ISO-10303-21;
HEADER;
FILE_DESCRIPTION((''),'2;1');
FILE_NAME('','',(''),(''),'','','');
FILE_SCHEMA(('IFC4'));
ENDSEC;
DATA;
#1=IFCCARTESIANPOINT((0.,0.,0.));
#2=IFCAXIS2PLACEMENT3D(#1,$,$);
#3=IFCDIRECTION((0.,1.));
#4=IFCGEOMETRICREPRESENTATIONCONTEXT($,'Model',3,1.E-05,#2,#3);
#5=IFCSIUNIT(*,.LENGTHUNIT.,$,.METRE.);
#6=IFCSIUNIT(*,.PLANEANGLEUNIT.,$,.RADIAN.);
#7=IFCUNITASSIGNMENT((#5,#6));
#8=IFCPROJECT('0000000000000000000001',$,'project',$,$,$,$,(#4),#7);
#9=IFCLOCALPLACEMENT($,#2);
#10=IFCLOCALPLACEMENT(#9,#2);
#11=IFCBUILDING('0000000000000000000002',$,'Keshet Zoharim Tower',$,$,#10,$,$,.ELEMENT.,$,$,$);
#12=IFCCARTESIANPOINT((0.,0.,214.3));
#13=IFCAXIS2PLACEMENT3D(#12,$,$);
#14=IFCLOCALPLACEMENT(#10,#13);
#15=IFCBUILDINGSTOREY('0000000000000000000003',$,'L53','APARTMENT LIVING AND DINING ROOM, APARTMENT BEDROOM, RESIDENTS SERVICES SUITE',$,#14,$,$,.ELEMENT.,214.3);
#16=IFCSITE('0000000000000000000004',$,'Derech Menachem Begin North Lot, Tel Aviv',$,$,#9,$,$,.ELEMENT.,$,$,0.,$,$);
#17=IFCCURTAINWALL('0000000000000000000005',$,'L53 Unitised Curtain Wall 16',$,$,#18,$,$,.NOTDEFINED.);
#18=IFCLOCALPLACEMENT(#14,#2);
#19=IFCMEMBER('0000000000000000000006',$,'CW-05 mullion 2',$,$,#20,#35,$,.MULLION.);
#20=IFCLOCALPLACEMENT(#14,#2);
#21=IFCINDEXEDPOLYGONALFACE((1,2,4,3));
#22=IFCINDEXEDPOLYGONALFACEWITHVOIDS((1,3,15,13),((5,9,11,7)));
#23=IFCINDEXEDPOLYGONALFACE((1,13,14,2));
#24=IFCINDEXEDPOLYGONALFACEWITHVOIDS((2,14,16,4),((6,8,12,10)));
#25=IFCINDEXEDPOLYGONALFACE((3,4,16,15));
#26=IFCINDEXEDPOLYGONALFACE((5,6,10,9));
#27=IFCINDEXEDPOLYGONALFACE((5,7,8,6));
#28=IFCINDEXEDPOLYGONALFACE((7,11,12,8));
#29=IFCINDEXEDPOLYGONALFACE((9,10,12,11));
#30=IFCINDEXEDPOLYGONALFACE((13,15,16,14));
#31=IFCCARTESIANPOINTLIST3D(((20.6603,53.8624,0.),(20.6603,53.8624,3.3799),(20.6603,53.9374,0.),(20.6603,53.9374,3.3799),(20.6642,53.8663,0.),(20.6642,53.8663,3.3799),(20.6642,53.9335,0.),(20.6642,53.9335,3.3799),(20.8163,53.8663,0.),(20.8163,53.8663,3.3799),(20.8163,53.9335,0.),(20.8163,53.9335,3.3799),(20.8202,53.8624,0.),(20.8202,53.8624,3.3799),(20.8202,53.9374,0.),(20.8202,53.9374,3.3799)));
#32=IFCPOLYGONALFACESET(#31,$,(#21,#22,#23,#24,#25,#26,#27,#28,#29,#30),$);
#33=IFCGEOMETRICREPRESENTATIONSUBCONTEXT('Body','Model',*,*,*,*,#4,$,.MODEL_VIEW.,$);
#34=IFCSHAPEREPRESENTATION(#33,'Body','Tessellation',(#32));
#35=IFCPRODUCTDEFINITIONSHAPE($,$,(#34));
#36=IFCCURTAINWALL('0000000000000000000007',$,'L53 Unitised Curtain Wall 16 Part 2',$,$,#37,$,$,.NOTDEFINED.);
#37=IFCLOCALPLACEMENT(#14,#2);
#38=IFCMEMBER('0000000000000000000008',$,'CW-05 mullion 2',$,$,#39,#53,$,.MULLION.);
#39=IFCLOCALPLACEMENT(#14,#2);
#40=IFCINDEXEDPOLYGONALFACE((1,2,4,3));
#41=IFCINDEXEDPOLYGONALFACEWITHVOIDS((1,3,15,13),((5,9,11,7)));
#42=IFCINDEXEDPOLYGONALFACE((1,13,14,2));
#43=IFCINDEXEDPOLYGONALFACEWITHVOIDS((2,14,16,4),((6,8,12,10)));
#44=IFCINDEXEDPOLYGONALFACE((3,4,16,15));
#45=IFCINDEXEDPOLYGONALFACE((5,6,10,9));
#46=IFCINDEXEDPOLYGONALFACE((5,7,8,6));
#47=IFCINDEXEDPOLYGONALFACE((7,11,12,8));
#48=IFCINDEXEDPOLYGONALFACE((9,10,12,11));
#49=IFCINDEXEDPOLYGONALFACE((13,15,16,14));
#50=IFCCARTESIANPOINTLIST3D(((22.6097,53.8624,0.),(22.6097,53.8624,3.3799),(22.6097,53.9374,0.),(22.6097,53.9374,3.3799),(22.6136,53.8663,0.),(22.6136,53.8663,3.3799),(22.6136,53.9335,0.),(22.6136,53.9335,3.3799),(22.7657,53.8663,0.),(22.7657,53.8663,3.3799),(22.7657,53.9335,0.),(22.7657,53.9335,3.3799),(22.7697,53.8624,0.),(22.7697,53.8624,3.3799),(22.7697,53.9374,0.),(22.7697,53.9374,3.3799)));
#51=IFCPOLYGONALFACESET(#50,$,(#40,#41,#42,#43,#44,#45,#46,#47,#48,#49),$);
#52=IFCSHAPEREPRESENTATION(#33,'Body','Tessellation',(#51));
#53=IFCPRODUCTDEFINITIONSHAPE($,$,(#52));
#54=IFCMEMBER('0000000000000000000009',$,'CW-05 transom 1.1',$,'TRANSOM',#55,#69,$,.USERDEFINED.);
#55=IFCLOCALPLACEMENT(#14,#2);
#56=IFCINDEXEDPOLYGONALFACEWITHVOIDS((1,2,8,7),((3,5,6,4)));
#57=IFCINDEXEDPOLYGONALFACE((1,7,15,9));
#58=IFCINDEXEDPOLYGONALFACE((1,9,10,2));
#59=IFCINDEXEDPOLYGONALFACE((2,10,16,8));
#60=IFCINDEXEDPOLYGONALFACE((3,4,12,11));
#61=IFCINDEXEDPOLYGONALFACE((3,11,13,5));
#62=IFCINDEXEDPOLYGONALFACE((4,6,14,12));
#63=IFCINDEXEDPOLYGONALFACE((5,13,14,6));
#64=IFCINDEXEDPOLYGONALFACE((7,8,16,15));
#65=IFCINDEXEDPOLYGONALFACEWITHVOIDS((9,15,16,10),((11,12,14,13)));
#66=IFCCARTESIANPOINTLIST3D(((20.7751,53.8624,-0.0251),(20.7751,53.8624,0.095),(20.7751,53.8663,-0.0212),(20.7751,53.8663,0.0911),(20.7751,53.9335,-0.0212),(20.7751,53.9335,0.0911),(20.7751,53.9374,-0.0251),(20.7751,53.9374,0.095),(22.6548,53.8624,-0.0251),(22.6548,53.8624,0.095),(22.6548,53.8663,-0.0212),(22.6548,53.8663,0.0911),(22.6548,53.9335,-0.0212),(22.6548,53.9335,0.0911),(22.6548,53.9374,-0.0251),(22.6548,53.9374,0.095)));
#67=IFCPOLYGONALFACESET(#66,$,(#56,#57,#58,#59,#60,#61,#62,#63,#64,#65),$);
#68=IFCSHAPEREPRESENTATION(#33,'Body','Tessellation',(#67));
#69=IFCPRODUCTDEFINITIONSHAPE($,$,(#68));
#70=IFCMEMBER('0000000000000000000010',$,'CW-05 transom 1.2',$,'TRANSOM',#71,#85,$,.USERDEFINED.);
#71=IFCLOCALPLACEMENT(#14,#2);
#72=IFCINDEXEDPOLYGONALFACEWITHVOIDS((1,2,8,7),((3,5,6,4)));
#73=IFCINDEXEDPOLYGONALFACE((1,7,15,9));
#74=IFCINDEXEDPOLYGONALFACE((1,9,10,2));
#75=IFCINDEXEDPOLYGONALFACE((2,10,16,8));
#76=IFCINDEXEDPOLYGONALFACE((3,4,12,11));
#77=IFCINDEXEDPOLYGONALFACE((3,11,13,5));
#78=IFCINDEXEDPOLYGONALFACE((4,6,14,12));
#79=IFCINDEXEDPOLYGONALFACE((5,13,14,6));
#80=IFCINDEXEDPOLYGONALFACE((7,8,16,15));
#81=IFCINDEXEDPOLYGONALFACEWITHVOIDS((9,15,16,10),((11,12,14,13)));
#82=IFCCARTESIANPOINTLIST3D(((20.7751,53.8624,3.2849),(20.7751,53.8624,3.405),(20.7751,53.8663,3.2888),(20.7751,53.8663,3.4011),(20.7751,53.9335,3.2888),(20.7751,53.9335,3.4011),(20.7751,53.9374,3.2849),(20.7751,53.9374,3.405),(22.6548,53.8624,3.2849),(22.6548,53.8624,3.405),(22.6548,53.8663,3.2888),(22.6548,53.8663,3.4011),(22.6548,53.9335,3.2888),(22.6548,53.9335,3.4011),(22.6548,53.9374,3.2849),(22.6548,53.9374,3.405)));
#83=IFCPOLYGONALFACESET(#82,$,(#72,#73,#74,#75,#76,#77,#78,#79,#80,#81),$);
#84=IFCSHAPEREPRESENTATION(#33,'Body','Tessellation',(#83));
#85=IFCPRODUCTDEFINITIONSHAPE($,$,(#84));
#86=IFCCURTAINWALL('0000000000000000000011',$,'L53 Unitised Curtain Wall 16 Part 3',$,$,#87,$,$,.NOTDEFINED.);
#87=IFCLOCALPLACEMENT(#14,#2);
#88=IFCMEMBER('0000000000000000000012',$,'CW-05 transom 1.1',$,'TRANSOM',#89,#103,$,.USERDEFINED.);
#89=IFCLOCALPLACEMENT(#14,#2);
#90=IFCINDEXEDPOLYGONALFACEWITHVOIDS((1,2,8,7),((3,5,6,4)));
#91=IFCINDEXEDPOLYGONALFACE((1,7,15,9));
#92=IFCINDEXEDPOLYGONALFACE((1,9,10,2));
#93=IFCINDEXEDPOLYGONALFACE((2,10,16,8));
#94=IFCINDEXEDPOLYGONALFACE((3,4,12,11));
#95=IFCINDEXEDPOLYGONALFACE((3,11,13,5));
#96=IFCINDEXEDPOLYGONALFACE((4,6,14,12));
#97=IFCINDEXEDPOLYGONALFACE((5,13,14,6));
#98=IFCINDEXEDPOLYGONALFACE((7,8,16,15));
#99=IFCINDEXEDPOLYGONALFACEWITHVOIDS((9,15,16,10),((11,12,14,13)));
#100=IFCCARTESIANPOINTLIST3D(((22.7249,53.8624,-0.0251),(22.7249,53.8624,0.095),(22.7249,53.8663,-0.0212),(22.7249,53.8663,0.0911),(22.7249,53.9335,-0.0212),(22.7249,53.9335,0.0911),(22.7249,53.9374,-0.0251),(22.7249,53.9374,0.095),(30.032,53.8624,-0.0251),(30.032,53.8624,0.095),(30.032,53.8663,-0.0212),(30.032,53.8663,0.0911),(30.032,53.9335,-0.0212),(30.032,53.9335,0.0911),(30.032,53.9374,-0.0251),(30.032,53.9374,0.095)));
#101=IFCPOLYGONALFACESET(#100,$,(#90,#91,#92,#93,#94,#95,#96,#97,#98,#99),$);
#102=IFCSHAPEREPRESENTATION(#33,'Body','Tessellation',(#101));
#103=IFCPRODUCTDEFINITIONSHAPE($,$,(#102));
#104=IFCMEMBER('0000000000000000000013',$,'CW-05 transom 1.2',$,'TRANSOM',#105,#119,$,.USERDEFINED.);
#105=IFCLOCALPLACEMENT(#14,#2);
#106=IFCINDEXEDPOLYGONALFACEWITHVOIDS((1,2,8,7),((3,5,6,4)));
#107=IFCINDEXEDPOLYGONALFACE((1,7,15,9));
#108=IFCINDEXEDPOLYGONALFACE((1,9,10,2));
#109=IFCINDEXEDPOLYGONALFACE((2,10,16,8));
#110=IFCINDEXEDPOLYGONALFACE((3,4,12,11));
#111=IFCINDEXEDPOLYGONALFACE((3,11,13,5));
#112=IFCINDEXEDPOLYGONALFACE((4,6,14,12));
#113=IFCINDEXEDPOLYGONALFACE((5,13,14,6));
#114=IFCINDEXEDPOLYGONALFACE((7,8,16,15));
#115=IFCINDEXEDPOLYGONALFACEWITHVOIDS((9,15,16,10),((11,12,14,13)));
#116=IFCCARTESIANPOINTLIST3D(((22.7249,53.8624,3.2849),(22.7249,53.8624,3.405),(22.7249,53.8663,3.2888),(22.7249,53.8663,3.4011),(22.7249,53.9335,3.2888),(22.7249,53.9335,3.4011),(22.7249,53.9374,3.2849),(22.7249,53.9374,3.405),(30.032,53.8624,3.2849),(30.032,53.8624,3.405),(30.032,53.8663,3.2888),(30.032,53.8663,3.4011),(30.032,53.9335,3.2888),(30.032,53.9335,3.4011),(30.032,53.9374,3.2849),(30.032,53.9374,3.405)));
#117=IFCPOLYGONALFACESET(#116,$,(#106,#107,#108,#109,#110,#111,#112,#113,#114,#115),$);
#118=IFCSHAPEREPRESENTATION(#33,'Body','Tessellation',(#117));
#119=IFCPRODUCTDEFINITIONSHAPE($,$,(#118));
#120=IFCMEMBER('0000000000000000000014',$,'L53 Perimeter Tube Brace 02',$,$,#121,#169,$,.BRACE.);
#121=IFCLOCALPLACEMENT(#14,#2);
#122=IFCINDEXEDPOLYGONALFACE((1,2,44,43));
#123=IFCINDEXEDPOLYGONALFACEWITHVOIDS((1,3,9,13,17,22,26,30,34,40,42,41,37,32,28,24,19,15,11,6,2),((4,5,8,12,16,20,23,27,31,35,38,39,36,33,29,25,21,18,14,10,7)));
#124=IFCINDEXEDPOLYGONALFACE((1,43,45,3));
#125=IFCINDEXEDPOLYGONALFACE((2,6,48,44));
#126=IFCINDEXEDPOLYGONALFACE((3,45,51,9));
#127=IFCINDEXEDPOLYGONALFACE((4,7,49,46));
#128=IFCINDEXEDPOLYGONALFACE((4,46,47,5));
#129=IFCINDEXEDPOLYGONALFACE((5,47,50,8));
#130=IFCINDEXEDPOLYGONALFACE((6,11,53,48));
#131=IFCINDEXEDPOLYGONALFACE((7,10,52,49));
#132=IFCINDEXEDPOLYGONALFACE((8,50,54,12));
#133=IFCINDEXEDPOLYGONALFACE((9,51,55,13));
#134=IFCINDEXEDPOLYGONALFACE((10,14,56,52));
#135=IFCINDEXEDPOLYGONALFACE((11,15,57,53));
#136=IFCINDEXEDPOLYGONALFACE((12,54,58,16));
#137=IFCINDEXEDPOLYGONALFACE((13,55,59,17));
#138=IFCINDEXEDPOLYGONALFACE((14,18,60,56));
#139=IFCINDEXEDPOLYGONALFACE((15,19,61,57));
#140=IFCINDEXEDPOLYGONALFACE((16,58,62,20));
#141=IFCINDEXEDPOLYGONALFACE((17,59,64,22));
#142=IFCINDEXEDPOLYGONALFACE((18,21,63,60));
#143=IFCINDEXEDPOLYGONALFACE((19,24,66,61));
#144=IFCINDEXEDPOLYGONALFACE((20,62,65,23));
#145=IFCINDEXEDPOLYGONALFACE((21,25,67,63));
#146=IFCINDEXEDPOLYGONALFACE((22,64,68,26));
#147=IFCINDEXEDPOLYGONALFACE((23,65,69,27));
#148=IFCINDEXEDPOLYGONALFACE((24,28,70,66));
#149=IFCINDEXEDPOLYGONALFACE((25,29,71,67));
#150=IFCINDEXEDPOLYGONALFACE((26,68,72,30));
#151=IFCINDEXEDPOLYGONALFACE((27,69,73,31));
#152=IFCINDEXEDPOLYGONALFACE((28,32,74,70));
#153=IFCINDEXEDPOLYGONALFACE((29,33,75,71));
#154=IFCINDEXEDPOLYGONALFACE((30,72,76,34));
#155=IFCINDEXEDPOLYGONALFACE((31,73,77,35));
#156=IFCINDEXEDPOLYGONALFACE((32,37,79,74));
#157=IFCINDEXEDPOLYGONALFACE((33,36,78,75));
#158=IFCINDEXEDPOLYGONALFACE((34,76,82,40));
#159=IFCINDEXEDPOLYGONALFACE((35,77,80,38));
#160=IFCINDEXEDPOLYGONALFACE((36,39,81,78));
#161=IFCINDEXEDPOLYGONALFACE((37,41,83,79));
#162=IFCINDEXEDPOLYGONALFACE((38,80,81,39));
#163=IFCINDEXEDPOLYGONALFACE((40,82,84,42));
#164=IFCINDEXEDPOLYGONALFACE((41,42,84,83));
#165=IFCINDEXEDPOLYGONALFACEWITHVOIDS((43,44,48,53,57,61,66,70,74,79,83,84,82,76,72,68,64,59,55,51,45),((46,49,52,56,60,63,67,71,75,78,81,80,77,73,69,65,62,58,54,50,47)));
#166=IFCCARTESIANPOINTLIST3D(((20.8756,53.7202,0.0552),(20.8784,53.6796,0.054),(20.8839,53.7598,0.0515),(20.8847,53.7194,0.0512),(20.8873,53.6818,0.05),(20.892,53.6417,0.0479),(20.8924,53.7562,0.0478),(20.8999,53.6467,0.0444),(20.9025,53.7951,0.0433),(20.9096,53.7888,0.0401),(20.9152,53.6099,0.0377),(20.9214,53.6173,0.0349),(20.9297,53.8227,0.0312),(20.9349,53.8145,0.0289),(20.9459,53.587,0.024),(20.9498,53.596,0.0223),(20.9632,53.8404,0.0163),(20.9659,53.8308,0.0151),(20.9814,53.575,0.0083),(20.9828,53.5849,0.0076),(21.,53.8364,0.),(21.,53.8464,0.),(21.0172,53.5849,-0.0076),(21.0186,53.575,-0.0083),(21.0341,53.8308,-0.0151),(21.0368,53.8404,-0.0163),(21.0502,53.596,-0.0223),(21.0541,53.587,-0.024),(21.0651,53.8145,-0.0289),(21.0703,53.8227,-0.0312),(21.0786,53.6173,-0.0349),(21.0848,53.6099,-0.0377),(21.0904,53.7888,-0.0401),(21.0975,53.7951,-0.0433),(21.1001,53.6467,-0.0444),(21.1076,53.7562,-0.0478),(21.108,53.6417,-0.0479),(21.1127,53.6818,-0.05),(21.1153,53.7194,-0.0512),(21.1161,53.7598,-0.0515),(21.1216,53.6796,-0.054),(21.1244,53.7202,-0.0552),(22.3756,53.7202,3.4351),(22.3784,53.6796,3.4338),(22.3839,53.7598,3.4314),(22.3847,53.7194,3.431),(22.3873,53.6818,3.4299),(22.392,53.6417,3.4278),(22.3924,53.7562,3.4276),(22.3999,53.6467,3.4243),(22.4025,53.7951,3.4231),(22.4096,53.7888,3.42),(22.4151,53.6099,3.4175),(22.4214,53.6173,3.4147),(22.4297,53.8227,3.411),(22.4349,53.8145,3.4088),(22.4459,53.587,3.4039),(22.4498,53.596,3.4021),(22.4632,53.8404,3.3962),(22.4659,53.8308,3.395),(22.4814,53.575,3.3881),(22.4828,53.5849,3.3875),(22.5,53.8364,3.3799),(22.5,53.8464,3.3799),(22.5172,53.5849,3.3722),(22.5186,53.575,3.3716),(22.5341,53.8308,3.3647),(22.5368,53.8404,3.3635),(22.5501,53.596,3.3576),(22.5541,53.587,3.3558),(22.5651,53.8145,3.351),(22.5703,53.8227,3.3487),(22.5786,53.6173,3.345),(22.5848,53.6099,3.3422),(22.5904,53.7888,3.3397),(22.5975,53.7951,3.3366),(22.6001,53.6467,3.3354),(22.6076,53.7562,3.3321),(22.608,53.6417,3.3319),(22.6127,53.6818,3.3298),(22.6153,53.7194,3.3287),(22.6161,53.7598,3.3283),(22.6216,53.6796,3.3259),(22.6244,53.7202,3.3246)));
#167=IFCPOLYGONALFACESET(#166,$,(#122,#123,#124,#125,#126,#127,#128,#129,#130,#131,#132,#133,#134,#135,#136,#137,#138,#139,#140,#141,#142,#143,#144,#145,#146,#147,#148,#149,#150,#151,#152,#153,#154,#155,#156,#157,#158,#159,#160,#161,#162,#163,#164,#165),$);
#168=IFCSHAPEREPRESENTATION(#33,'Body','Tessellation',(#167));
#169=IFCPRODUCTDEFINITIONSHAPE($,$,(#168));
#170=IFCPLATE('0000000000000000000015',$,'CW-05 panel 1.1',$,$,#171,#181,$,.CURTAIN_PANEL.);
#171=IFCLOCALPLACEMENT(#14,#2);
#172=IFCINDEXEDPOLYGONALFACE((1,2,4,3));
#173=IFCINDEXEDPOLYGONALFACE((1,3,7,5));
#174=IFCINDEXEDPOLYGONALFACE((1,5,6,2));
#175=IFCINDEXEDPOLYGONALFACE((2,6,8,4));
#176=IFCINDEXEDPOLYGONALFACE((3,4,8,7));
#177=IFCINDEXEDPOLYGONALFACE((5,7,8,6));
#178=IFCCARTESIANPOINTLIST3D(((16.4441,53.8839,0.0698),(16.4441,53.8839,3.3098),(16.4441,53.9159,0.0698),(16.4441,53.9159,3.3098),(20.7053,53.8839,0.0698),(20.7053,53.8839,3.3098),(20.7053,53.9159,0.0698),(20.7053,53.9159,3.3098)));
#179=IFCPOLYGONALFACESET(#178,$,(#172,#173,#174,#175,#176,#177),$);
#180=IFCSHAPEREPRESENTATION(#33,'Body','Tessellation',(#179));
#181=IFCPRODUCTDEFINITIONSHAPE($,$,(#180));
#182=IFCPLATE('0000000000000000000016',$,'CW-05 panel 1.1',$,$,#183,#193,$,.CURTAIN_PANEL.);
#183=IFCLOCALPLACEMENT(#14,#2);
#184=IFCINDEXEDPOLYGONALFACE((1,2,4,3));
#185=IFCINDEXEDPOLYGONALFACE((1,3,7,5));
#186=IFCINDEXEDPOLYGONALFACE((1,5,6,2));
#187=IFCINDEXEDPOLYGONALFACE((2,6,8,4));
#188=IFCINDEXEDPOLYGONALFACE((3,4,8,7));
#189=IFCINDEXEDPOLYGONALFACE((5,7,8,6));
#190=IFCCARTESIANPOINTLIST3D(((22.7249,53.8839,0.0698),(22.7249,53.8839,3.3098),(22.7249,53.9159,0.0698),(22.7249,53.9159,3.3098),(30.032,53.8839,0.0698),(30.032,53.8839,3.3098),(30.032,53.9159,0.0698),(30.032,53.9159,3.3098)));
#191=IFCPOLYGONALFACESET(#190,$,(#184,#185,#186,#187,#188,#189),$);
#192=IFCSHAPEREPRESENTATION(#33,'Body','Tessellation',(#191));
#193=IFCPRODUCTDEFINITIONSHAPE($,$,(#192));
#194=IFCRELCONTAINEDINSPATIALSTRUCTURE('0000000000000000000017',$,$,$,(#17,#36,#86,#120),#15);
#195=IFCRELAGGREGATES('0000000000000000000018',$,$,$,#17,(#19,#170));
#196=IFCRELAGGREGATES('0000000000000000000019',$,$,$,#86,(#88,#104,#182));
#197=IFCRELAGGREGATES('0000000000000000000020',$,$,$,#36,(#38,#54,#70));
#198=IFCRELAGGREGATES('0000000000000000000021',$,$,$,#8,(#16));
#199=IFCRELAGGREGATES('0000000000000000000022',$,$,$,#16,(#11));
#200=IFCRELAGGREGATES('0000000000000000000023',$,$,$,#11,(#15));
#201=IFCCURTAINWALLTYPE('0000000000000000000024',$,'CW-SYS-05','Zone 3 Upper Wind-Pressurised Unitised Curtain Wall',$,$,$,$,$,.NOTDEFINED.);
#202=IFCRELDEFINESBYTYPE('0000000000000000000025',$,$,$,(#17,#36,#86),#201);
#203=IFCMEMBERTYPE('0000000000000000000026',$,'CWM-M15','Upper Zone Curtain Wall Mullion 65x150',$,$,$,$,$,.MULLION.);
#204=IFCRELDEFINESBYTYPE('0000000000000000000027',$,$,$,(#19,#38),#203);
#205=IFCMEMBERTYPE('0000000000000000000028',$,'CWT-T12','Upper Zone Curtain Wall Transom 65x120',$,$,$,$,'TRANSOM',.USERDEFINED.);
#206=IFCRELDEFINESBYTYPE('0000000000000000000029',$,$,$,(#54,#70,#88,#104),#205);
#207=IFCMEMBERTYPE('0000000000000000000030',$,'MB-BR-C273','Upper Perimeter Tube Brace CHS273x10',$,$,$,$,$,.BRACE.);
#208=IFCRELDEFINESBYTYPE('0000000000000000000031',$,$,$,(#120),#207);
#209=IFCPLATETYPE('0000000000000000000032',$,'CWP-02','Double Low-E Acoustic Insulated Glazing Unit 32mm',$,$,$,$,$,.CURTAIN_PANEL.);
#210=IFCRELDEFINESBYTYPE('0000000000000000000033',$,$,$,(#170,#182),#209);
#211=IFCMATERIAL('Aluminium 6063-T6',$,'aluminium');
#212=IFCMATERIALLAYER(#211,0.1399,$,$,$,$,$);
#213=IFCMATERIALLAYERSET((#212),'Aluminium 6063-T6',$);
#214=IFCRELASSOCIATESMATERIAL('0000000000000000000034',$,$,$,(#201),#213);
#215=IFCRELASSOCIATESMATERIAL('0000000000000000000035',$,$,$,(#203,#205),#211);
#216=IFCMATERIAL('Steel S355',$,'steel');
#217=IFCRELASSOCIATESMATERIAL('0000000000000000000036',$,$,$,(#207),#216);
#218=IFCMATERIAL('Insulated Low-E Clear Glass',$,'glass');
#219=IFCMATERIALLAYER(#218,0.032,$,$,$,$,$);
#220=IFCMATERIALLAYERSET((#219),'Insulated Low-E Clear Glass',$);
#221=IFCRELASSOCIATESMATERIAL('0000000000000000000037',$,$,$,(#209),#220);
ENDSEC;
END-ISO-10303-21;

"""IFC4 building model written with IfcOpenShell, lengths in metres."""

from ifc_helpers import new_model, si_unit, direction, frame, origin, origin_2d, place, context, subcontext, project, spatial, rectangle, hollow_rectangle, hollow_circle, extrude, material, layer, layer_set, material_profile, profile_set, type_object, element, aggregate, save


model = new_model("IFC4")

# Units and contexts
model_context = context("Model", 3, precision=1e-05, world=origin(), true_north=direction((0.0, 1.0)))
body_context = subcontext(model_context, "Body", "Model", "MODEL_VIEW")
ifc_project = project(units=[si_unit("LENGTHUNIT", "METRE"), si_unit("PLANEANGLEUNIT", "RADIAN")], contexts=[model_context])

# Site, building, storey
site_placement = place(None, origin())
site = spatial("IfcSite", under=ifc_project, at=site_placement, Name="Derech Menachem Begin North Lot, Tel Aviv", CompositionType="ELEMENT", RefElevation=0.0)
building_placement = place(site_placement, origin())
building = spatial("IfcBuilding", under=site, at=building_placement, Name="Keshet Zoharim Tower", CompositionType="ELEMENT")
storey_placement = place(building_placement, frame((0.0, 0.0, 214.3)))
storey = spatial("IfcBuildingStorey", under=building, at=storey_placement, Name="L53", Description="APARTMENT LIVING AND DINING ROOM, APARTMENT BEDROOM, RESIDENTS SERVICES SUITE", CompositionType="ELEMENT", Elevation=214.3)

# Shared definitions
ifc_material_1 = material(Name="Steel S355", Category="steel")

# Curtain wall, member
ifc_material_2 = material(Name="Aluminium 6063-T6", Category="aluminium")
ifc_layer_1 = layer(ifc_material_2, 0.1399)
ifc_layer_set_1 = layer_set([ifc_layer_1], Name="Aluminium 6063-T6")
curtain_wall_type = type_object("IfcCurtainWallType", Name="CW-SYS-05", Description="Zone 3 Upper Wind-Pressurised Unitised Curtain Wall", PredefinedType="NOTDEFINED", material=ifc_layer_set_1)
curtain_wall_1_placement = place(storey_placement, origin())
curtain_wall_1 = element("IfcCurtainWall", 1, at=curtain_wall_1_placement, inside=storey, type_object=curtain_wall_type, Name="L53 Unitised Curtain Wall 16", PredefinedType="NOTDEFINED")
ifc_material_profile_1 = material_profile(ifc_material_2, hollow_rectangle(XDim=0.075, YDim=0.1599, WallThickness=0.0039, at=origin_2d()), Name="MUL-75x160")
ifc_profile_set_1 = profile_set([ifc_material_profile_1], Name="Aluminium 6063-T6")
member_type_1 = type_object("IfcMemberType", Name="CWM-M15", Description="Upper Zone Curtain Wall Mullion 65x150", PredefinedType="MULLION", material=ifc_profile_set_1)
member_1_placement = place(storey_placement, frame((20.7402, 53.8999, 0.0), z_axis=(0.0, 0.0, 1.0), x_axis=(0.0, 1.0, 0.0)))
member_1 = element("IfcMember", 2, at=member_1_placement, type_object=member_type_1, Name="CW-05 mullion 2", PredefinedType="MULLION", context=body_context, shape_type="SweptSolid", body=[
    extrude(hollow_rectangle(XDim=0.075, YDim=0.1599, WallThickness=0.0039, at=origin_2d()), origin(), (0.0, 0.0, 1.0), 3.3799),
])

# Curtain walls, members
curtain_wall_2_placement = place(storey_placement, origin())
curtain_wall_2 = element("IfcCurtainWall", 3, at=curtain_wall_2_placement, inside=storey, type_object=curtain_wall_type, Name="L53 Unitised Curtain Wall 16 Part 2", PredefinedType="NOTDEFINED")
member_2_placement = place(storey_placement, frame((22.6897, 53.8999, 0.0), z_axis=(0.0, 0.0, 1.0), x_axis=(0.0, 1.0, 0.0)))
member_2 = element("IfcMember", 4, at=member_2_placement, type_object=member_type_1, Name="CW-05 mullion 2", PredefinedType="MULLION", context=body_context, shape_type="SweptSolid", body=[
    extrude(hollow_rectangle(XDim=0.075, YDim=0.1599, WallThickness=0.0039, at=origin_2d()), origin(), (0.0, 0.0, 1.0), 3.3799),
])
ifc_material_profile_2 = material_profile(ifc_material_2, hollow_rectangle(XDim=0.075, YDim=0.1201, WallThickness=0.0039, at=origin_2d()), Name="TRN-75x120")
ifc_profile_set_2 = profile_set([ifc_material_profile_2], Name="Aluminium 6063-T6")
member_type_2 = type_object("IfcMemberType", Name="CWT-T12", Description="Upper Zone Curtain Wall Transom 65x120", ElementType="TRANSOM", PredefinedType="USERDEFINED", material=ifc_profile_set_2)
member_3_placement = place(storey_placement, frame((20.7751, 53.8999, 0.0349), z_axis=(1.0, 0.0, 0.0), x_axis=(0.0, 1.0, 0.0)))
member_3 = element("IfcMember", 5, at=member_3_placement, type_object=member_type_2, Name="CW-05 transom 1.1", ObjectType="TRANSOM", PredefinedType="USERDEFINED", context=body_context, shape_type="SweptSolid", body=[
    extrude(hollow_rectangle(XDim=0.075, YDim=0.1201, WallThickness=0.0039, at=origin_2d()), origin(), (0.0, 0.0, 1.0), 1.8796),
])
member_4_placement = place(storey_placement, frame((20.7751, 53.8999, 3.345), z_axis=(1.0, 0.0, 0.0), x_axis=(0.0, 1.0, 0.0)))
member_4 = element("IfcMember", 6, at=member_4_placement, type_object=member_type_2, Name="CW-05 transom 1.2", ObjectType="TRANSOM", PredefinedType="USERDEFINED", context=body_context, shape_type="SweptSolid", body=[
    extrude(hollow_rectangle(XDim=0.075, YDim=0.1201, WallThickness=0.0039, at=origin_2d()), origin(), (0.0, 0.0, 1.0), 1.8796),
])
curtain_wall_3_placement = place(storey_placement, origin())
curtain_wall_3 = element("IfcCurtainWall", 7, at=curtain_wall_3_placement, inside=storey, type_object=curtain_wall_type, Name="L53 Unitised Curtain Wall 16 Part 3", PredefinedType="NOTDEFINED")
member_5_placement = place(storey_placement, frame((22.7249, 53.8999, 0.0349), z_axis=(1.0, 0.0, 0.0), x_axis=(0.0, 1.0, 0.0)))
member_5 = element("IfcMember", 8, at=member_5_placement, type_object=member_type_2, Name="CW-05 transom 1.1", ObjectType="TRANSOM", PredefinedType="USERDEFINED", context=body_context, shape_type="SweptSolid", body=[
    extrude(hollow_rectangle(XDim=0.075, YDim=0.1201, WallThickness=0.0039, at=origin_2d()), origin(), (0.0, 0.0, 1.0), 7.3071),
])
member_6_placement = place(storey_placement, frame((22.7249, 53.8999, 3.345), z_axis=(1.0, 0.0, 0.0), x_axis=(0.0, 1.0, 0.0)))
member_6 = element("IfcMember", 9, at=member_6_placement, type_object=member_type_2, Name="CW-05 transom 1.2", ObjectType="TRANSOM", PredefinedType="USERDEFINED", context=body_context, shape_type="SweptSolid", body=[
    extrude(hollow_rectangle(XDim=0.075, YDim=0.1201, WallThickness=0.0039, at=origin_2d()), origin(), (0.0, 0.0, 1.0), 7.3071),
])

# Member
ifc_material_profile_3 = material_profile(ifc_material_1, hollow_circle(Radius=0.1365, WallThickness=0.01, at=origin_2d()), Name="CHS273x10")
ifc_profile_set_3 = profile_set([ifc_material_profile_3], Name="Steel S355")
member_type_3 = type_object("IfcMemberType", Name="MB-BR-C273", Description="Upper Perimeter Tube Brace CHS273x10", PredefinedType="BRACE", material=ifc_profile_set_3)
member_7_placement = place(storey_placement, frame((21.0, 53.71, 0.0), z_axis=(0.405648, 0.0, 0.914029), x_axis=(0.0, 1.0, 0.0)))
element("IfcMember", 10, at=member_7_placement, inside=storey, type_object=member_type_3, Name="L53 Perimeter Tube Brace 02", PredefinedType="BRACE", context=body_context, shape_type="SweptSolid", body=[
    extrude(hollow_circle(Radius=0.1365, WallThickness=0.01, at=origin_2d()), origin(), (0.0, 0.0, 1.0), 3.6978),
])

# Plates
ifc_material_3 = material(Name="Insulated Low-E Clear Glass", Category="glass")
ifc_layer_2 = layer(ifc_material_3, 0.032)
ifc_layer_set_2 = layer_set([ifc_layer_2], Name="Insulated Low-E Clear Glass")
plate_type_1 = type_object("IfcPlateType", Name="CWP-02", Description="Double Low-E Acoustic Insulated Glazing Unit 32mm", PredefinedType="CURTAIN_PANEL", material=ifc_layer_set_2)
plate_1_placement = place(storey_placement, frame((18.5747, 53.8999, 0.0698), z_axis=(0.0, 0.0, 1.0), x_axis=(1.0, 0.0, 0.0)))
plate_1 = element("IfcPlate", 11, at=plate_1_placement, type_object=plate_type_1, Name="CW-05 panel 1.1", PredefinedType="CURTAIN_PANEL", context=body_context, shape_type="SweptSolid", body=[
    extrude(rectangle(XDim=4.2612, YDim=0.032, at=origin_2d()), origin(), (0.0, 0.0, 1.0), 3.24),
])
aggregate(curtain_wall_1, [member_1, plate_1])
plate_2_placement = place(storey_placement, frame((26.3784, 53.8999, 0.0698), z_axis=(0.0, 0.0, 1.0), x_axis=(1.0, 0.0, 0.0)))
plate_2 = element("IfcPlate", 12, at=plate_2_placement, type_object=plate_type_1, Name="CW-05 panel 1.1", PredefinedType="CURTAIN_PANEL", context=body_context, shape_type="SweptSolid", body=[
    extrude(rectangle(XDim=7.3071, YDim=0.032, at=origin_2d()), origin(), (0.0, 0.0, 1.0), 3.24),
])
aggregate(curtain_wall_3, [member_5, member_6, plate_2])
aggregate(curtain_wall_2, [member_2, member_3, member_4])

save(model, "model.ifc")
